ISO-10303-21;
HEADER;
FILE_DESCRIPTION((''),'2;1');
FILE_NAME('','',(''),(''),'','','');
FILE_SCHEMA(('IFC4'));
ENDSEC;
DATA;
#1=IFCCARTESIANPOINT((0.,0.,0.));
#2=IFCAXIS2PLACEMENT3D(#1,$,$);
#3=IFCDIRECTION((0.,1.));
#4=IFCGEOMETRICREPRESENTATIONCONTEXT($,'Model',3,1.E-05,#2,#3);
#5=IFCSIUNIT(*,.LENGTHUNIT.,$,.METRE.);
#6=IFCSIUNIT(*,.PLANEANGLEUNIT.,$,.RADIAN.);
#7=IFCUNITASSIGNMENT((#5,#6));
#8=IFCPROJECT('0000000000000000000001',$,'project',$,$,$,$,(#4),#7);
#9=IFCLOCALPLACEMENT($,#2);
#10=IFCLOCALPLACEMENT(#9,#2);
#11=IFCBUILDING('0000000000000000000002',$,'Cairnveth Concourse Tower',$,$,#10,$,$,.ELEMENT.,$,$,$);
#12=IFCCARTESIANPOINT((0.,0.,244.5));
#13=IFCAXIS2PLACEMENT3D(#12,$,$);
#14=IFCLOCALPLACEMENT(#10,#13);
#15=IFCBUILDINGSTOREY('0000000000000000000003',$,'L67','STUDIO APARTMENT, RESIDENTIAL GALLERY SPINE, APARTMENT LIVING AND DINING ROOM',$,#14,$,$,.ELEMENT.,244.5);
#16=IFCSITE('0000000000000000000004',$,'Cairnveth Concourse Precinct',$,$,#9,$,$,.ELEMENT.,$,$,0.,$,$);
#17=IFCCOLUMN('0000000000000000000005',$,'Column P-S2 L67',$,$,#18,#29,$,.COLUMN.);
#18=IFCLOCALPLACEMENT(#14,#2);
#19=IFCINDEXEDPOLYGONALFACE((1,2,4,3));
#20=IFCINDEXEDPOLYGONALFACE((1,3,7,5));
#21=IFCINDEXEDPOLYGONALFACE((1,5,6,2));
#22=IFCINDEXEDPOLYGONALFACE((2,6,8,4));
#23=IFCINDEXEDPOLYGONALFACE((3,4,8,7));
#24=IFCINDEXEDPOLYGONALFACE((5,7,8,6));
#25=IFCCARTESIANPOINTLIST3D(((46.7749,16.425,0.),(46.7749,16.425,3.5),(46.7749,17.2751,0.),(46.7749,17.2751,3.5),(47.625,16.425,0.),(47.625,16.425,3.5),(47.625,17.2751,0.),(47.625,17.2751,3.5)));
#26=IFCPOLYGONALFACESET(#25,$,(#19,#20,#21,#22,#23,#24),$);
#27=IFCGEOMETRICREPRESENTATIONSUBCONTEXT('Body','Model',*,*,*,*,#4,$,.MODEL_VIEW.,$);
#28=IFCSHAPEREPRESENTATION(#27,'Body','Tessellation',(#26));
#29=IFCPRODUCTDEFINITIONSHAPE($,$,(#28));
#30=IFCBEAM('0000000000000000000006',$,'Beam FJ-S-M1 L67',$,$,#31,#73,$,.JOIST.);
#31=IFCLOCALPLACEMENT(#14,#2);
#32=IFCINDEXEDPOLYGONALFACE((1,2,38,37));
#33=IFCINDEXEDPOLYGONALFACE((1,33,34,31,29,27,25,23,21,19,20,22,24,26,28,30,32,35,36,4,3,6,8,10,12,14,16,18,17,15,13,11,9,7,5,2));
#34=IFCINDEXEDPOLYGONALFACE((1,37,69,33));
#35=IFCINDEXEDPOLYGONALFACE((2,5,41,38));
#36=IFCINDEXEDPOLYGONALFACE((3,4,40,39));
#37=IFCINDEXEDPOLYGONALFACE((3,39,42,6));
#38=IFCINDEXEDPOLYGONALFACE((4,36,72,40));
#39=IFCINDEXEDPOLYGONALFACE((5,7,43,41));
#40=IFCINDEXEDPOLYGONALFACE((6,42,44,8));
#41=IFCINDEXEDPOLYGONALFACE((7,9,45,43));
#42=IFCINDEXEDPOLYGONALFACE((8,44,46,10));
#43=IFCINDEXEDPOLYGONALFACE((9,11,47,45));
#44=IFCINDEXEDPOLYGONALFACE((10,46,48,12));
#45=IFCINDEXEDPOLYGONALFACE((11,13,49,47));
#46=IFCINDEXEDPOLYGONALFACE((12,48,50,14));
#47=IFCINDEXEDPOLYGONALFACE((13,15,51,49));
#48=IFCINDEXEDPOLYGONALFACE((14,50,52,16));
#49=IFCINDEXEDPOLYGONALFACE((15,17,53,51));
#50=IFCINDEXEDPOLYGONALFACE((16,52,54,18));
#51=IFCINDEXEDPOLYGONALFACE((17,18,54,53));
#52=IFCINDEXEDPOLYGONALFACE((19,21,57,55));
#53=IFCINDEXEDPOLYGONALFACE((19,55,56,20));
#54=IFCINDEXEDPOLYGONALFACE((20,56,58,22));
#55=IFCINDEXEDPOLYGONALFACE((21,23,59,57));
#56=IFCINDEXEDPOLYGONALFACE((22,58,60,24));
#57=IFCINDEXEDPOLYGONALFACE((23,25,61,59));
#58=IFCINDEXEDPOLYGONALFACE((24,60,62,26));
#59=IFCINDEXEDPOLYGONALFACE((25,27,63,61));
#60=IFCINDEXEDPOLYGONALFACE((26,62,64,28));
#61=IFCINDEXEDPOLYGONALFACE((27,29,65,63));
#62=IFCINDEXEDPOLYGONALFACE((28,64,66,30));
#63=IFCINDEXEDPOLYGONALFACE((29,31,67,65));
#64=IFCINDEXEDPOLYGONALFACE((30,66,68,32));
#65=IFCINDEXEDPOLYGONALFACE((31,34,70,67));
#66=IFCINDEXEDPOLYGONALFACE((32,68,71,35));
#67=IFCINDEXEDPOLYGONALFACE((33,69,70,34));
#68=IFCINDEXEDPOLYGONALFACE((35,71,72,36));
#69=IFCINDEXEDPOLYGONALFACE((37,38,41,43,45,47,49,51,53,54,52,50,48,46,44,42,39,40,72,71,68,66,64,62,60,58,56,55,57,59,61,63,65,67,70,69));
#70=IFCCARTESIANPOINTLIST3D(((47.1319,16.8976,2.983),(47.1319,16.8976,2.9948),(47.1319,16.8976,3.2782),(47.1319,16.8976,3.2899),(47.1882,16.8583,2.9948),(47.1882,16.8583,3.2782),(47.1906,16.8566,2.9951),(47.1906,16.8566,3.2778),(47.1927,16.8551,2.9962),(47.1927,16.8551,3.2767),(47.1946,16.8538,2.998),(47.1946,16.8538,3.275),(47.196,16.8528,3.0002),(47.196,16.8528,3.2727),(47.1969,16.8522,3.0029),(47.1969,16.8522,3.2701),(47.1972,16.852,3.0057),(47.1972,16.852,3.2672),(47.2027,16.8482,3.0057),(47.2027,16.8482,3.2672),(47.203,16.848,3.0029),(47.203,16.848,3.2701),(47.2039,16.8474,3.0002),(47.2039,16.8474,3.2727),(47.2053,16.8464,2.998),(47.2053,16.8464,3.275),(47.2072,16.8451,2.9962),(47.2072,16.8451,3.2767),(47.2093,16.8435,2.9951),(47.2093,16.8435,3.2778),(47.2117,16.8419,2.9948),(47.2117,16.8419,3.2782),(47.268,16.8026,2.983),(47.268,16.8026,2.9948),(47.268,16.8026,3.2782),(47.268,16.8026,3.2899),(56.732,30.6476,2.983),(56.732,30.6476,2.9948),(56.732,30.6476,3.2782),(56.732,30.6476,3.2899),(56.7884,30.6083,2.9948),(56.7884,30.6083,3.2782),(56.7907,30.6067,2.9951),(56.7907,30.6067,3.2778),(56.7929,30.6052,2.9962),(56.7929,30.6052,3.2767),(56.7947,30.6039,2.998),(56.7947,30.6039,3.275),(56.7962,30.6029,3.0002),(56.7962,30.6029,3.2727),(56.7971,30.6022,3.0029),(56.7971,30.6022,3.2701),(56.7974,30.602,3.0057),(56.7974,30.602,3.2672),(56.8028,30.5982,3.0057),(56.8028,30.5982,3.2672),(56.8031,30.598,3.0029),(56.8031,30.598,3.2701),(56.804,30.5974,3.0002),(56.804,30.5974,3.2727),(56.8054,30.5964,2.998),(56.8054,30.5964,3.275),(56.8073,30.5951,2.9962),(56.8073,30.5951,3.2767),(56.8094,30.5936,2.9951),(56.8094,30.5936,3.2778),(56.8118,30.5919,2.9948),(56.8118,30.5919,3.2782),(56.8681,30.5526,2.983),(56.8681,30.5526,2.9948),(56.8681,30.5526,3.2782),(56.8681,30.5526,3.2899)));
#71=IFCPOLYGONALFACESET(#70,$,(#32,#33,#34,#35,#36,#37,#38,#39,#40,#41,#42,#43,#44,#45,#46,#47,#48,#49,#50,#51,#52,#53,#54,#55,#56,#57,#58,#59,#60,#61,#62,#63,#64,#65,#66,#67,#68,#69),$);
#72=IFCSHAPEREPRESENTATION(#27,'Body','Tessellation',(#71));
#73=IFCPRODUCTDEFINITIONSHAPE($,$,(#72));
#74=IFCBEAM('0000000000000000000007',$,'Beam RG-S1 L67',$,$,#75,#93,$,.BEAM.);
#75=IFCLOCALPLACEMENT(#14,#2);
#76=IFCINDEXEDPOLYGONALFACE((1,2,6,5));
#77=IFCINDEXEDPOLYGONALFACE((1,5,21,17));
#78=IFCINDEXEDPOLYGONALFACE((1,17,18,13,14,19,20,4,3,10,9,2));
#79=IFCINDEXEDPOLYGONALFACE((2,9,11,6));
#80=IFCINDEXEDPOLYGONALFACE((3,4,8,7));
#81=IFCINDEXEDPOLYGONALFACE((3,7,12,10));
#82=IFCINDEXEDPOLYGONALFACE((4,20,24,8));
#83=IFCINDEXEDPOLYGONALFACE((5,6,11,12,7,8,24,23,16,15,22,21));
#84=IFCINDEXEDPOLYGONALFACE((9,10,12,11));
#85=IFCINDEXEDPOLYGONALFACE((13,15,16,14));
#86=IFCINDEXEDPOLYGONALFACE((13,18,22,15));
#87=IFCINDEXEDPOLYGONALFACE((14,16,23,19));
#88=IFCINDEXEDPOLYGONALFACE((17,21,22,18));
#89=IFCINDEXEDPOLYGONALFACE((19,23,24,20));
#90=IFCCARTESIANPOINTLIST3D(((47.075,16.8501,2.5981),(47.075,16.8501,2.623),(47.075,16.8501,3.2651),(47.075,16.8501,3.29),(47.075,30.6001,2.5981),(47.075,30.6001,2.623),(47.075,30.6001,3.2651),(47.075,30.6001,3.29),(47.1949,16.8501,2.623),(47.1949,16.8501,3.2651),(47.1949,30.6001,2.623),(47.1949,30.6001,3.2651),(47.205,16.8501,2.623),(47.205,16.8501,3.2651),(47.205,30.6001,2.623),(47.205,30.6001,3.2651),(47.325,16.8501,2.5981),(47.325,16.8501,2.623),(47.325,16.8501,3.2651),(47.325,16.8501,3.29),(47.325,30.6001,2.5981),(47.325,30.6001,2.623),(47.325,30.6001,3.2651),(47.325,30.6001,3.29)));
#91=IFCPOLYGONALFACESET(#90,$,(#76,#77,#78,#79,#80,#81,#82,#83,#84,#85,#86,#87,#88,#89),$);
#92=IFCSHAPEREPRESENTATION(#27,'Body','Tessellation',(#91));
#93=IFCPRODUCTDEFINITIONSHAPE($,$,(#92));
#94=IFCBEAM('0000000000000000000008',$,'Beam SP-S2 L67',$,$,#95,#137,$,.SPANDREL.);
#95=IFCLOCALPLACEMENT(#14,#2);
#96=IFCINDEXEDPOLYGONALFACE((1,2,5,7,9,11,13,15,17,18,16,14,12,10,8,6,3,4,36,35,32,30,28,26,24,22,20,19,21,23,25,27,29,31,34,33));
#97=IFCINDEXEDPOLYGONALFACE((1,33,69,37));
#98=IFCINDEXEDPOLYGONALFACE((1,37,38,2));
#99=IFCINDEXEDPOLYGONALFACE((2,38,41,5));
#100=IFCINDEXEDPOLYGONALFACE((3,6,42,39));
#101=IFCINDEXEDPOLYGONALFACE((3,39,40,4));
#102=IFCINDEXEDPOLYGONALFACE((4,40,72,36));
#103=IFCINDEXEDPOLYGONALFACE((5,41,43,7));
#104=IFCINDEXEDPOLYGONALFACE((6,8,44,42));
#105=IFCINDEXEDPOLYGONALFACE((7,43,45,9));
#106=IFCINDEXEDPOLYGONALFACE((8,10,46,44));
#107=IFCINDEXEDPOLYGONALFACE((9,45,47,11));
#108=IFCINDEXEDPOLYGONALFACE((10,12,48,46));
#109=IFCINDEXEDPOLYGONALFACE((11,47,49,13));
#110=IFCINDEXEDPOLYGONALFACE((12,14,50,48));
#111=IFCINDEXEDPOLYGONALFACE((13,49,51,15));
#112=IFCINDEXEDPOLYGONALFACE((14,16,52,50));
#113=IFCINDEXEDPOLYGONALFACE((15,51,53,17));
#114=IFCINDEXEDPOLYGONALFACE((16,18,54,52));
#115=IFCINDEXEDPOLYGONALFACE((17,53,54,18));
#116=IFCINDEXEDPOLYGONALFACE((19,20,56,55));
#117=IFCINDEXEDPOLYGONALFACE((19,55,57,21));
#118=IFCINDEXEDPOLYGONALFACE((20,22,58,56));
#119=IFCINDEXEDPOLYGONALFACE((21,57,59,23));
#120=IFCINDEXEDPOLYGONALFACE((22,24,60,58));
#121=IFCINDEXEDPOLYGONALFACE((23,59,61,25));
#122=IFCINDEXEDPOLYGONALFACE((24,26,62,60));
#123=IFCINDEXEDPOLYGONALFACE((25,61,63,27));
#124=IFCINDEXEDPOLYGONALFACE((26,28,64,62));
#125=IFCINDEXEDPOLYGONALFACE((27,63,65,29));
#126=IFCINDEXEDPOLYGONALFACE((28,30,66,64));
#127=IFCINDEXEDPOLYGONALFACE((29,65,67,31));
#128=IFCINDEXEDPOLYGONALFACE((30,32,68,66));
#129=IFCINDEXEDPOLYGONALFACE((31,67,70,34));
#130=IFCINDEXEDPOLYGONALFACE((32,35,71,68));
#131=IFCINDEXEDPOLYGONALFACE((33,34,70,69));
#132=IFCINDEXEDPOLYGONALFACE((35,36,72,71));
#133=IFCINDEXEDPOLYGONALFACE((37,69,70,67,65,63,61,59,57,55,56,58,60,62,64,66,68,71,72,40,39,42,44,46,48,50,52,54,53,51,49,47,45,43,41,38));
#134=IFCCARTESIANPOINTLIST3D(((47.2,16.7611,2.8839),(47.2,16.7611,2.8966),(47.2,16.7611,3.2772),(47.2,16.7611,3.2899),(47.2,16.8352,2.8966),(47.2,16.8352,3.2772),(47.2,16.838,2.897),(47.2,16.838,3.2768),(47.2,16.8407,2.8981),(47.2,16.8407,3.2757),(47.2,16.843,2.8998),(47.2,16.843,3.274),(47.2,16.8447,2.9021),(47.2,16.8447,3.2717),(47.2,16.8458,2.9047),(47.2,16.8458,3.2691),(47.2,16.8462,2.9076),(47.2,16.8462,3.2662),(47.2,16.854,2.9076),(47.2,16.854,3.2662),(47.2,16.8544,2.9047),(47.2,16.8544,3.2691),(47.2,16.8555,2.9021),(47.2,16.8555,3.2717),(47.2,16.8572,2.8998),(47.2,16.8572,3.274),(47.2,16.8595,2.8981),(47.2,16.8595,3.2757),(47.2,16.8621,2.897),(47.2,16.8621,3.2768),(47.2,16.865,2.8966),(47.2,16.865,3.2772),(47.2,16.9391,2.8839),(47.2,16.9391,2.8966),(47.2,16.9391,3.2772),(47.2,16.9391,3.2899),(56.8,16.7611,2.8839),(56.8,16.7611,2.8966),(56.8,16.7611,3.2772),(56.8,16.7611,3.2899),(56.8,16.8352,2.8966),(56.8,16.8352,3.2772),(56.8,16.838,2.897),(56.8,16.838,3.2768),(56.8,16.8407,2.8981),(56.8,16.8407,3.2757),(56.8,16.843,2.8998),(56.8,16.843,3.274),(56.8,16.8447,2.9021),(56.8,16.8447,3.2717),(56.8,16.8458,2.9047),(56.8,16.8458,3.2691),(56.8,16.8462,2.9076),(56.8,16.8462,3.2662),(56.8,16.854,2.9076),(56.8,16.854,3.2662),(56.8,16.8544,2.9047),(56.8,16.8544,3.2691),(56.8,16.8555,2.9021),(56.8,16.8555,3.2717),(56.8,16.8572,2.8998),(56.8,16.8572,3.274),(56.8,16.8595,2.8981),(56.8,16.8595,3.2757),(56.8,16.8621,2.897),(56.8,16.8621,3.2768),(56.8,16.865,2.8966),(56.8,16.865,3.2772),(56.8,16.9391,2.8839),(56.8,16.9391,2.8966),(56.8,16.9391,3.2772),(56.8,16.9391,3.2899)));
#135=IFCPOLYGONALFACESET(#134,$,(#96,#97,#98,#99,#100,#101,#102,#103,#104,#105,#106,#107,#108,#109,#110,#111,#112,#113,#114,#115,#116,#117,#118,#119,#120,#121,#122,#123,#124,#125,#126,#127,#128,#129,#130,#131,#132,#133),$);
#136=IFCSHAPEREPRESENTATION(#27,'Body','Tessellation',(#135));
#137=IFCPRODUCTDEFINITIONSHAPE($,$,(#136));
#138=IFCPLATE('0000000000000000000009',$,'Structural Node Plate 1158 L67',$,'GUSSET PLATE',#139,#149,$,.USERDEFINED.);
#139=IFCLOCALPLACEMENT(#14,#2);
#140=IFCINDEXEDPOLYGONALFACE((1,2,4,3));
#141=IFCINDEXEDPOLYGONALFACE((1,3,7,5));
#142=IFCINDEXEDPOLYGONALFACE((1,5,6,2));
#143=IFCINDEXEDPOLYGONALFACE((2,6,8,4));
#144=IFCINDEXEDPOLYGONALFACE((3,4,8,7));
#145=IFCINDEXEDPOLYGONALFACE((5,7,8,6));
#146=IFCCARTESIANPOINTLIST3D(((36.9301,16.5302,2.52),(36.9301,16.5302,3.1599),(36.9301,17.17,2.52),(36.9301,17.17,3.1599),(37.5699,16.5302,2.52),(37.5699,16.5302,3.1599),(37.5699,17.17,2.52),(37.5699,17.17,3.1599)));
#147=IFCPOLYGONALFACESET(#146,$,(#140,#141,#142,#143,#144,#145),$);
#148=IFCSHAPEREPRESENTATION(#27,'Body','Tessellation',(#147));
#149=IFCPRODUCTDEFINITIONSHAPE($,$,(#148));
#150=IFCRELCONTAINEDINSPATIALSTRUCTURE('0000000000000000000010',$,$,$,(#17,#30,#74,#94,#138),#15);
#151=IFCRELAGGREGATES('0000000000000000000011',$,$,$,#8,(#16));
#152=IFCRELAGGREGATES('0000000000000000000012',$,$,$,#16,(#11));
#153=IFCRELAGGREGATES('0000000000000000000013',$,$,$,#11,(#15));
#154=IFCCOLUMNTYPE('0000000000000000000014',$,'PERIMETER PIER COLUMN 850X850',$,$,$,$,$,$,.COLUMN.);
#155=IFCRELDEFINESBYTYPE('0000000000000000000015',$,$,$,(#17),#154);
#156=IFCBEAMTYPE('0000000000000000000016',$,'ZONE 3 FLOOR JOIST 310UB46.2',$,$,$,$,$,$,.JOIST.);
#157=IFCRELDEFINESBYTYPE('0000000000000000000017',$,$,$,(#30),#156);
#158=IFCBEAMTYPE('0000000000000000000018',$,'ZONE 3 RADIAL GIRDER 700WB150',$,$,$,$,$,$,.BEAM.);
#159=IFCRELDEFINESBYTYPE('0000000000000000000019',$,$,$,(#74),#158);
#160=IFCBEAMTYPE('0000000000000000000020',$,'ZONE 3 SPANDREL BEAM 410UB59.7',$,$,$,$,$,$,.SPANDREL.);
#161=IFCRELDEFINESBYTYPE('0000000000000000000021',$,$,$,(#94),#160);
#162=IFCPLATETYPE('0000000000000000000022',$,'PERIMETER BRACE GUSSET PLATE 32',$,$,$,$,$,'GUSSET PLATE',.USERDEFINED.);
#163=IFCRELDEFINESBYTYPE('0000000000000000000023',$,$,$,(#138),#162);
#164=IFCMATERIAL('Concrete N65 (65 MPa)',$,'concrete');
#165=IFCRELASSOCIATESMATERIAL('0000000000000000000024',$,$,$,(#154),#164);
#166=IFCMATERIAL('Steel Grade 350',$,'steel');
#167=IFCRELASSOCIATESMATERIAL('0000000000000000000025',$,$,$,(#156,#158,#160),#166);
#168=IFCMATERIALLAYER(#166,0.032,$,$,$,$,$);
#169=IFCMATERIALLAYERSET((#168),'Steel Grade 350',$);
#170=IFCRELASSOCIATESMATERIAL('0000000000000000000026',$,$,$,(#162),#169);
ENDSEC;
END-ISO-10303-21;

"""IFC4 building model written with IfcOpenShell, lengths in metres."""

from ifc_helpers import new_model, si_unit, direction, frame, origin, origin_2d, place, context, subcontext, project, spatial, rectangle, i_section, extrude, material, layer, layer_set, material_profile, profile_set, type_object, element, save


model = new_model("IFC4")

# Units and contexts
model_context = context("Model", 3, precision=1e-05, world=origin(), true_north=direction((0.0, 1.0)))
body_context = subcontext(model_context, "Body", "Model", "MODEL_VIEW")
ifc_project = project(units=[si_unit("LENGTHUNIT", "METRE"), si_unit("PLANEANGLEUNIT", "RADIAN")], contexts=[model_context])

# Site, building, storey
site_placement = place(None, origin())
site = spatial("IfcSite", under=ifc_project, at=site_placement, Name="Cairnveth Concourse Precinct", CompositionType="ELEMENT", RefElevation=0.0)
building_placement = place(site_placement, origin())
building = spatial("IfcBuilding", under=site, at=building_placement, Name="Cairnveth Concourse Tower", CompositionType="ELEMENT")
storey_placement = place(building_placement, frame((0.0, 0.0, 244.5)))
storey = spatial("IfcBuildingStorey", under=building, at=storey_placement, Name="L67", Description="STUDIO APARTMENT, RESIDENTIAL GALLERY SPINE, APARTMENT LIVING AND DINING ROOM", CompositionType="ELEMENT", Elevation=244.5)

# Column
ifc_material_1 = material(Name="Concrete N65 (65 MPa)", Category="concrete")
ifc_material_profile_1 = material_profile(ifc_material_1, rectangle(XDim=0.8501, YDim=0.8501, at=origin_2d()), Name="RC-COL-850x850")
ifc_profile_set_1 = profile_set([ifc_material_profile_1], Name="Concrete N65 (65 MPa)")
column_type = type_object("IfcColumnType", Name="PERIMETER PIER COLUMN 850X850", PredefinedType="COLUMN", material=ifc_profile_set_1)
column_placement = place(storey_placement, frame((47.2, 16.8501, 0.0), z_axis=(0.0, 0.0, 1.0), x_axis=(1.0, 0.0, 0.0)))
element("IfcColumn", 1, at=column_placement, inside=storey, type_object=column_type, Name="Column P-S2 L67", PredefinedType="COLUMN", context=body_context, shape_type="SweptSolid", body=[
    extrude(rectangle(XDim=0.8501, YDim=0.8501, at=origin_2d()), origin(), (0.0, 0.0, 1.0), 3.5),
])

# Beams
ifc_material_2 = material(Name="Steel Grade 350", Category="steel")
ifc_material_profile_2 = material_profile(ifc_material_2, i_section(OverallWidth=0.166, OverallDepth=0.3069, WebThickness=0.0066, FlangeThickness=0.0117, FilletRadius=0.011, at=origin_2d()), Name="310UB46.2")
ifc_profile_set_2 = profile_set([ifc_material_profile_2], Name="Steel Grade 350")
beam_type_1 = type_object("IfcBeamType", Name="ZONE 3 FLOOR JOIST 310UB46.2", PredefinedType="JOIST", material=ifc_profile_set_2)
beam_1_placement = place(storey_placement, frame((47.2, 16.8501, 3.1365), z_axis=(0.572465, 0.819929, 0.0), x_axis=(-0.819929, 0.572465, 0.0)))
element("IfcBeam", 2, at=beam_1_placement, inside=storey, type_object=beam_type_1, Name="Beam FJ-S-M1 L67", PredefinedType="JOIST", context=body_context, shape_type="SweptSolid", body=[
    extrude(i_section(OverallWidth=0.166, OverallDepth=0.3069, WebThickness=0.0066, FlangeThickness=0.0117, FilletRadius=0.011, at=origin_2d()), origin(), (0.0, 0.0, 1.0), 16.7698),
])
ifc_material_profile_3 = material_profile(ifc_material_2, i_section(OverallWidth=0.25, OverallDepth=0.6919, WebThickness=0.01, FlangeThickness=0.0249, at=origin_2d()), Name="700WB150")
ifc_profile_set_3 = profile_set([ifc_material_profile_3], Name="Steel Grade 350")
beam_type_2 = type_object("IfcBeamType", Name="ZONE 3 RADIAL GIRDER 700WB150", PredefinedType="BEAM", material=ifc_profile_set_3)
beam_2_placement = place(storey_placement, frame((47.2, 16.8501, 2.9441), z_axis=(0.0, 1.0, 0.0), x_axis=(-1.0, 0.0, 0.0)))
element("IfcBeam", 3, at=beam_2_placement, inside=storey, type_object=beam_type_2, Name="Beam RG-S1 L67", PredefinedType="BEAM", context=body_context, shape_type="SweptSolid", body=[
    extrude(i_section(OverallWidth=0.25, OverallDepth=0.6919, WebThickness=0.01, FlangeThickness=0.0249, at=origin_2d()), origin(), (0.0, 0.0, 1.0), 13.75),
])
ifc_material_profile_4 = material_profile(ifc_material_2, i_section(OverallWidth=0.178, OverallDepth=0.406, WebThickness=0.0078, FlangeThickness=0.0127, FilletRadius=0.011, at=origin_2d()), Name="410UB59.7")
ifc_profile_set_4 = profile_set([ifc_material_profile_4], Name="Steel Grade 350")
beam_type_3 = type_object("IfcBeamType", Name="ZONE 3 SPANDREL BEAM 410UB59.7", PredefinedType="SPANDREL", material=ifc_profile_set_4)
beam_3_placement = place(storey_placement, frame((47.2, 16.8501, 3.0869), z_axis=(1.0, 0.0, 0.0), x_axis=(0.0, 1.0, 0.0)))
element("IfcBeam", 4, at=beam_3_placement, inside=storey, type_object=beam_type_3, Name="Beam SP-S2 L67", PredefinedType="SPANDREL", context=body_context, shape_type="SweptSolid", body=[
    extrude(i_section(OverallWidth=0.178, OverallDepth=0.406, WebThickness=0.0078, FlangeThickness=0.0127, FilletRadius=0.011, at=origin_2d()), origin(), (0.0, 0.0, 1.0), 9.6001),
])

# Plate
ifc_layer_1 = layer(ifc_material_2, 0.032)
ifc_layer_set_1 = layer_set([ifc_layer_1], Name="Steel Grade 350")
plate_type = type_object("IfcPlateType", Name="PERIMETER BRACE GUSSET PLATE 32", ElementType="GUSSET PLATE", PredefinedType="USERDEFINED", material=ifc_layer_set_1)
plate_placement = place(storey_placement, frame((37.25, 16.8501, 2.52), z_axis=(0.0, 0.0, 1.0), x_axis=(1.0, 0.0, 0.0)))
element("IfcPlate", 5, at=plate_placement, inside=storey, type_object=plate_type, Name="Structural Node Plate 1158 L67", ObjectType="GUSSET PLATE", PredefinedType="USERDEFINED", context=body_context, shape_type="SweptSolid", body=[
    extrude(rectangle(XDim=0.6399, YDim=0.6399, at=origin_2d()), origin(), (0.0, 0.0, 1.0), 0.6399),
])

save(model, "model.ifc")
